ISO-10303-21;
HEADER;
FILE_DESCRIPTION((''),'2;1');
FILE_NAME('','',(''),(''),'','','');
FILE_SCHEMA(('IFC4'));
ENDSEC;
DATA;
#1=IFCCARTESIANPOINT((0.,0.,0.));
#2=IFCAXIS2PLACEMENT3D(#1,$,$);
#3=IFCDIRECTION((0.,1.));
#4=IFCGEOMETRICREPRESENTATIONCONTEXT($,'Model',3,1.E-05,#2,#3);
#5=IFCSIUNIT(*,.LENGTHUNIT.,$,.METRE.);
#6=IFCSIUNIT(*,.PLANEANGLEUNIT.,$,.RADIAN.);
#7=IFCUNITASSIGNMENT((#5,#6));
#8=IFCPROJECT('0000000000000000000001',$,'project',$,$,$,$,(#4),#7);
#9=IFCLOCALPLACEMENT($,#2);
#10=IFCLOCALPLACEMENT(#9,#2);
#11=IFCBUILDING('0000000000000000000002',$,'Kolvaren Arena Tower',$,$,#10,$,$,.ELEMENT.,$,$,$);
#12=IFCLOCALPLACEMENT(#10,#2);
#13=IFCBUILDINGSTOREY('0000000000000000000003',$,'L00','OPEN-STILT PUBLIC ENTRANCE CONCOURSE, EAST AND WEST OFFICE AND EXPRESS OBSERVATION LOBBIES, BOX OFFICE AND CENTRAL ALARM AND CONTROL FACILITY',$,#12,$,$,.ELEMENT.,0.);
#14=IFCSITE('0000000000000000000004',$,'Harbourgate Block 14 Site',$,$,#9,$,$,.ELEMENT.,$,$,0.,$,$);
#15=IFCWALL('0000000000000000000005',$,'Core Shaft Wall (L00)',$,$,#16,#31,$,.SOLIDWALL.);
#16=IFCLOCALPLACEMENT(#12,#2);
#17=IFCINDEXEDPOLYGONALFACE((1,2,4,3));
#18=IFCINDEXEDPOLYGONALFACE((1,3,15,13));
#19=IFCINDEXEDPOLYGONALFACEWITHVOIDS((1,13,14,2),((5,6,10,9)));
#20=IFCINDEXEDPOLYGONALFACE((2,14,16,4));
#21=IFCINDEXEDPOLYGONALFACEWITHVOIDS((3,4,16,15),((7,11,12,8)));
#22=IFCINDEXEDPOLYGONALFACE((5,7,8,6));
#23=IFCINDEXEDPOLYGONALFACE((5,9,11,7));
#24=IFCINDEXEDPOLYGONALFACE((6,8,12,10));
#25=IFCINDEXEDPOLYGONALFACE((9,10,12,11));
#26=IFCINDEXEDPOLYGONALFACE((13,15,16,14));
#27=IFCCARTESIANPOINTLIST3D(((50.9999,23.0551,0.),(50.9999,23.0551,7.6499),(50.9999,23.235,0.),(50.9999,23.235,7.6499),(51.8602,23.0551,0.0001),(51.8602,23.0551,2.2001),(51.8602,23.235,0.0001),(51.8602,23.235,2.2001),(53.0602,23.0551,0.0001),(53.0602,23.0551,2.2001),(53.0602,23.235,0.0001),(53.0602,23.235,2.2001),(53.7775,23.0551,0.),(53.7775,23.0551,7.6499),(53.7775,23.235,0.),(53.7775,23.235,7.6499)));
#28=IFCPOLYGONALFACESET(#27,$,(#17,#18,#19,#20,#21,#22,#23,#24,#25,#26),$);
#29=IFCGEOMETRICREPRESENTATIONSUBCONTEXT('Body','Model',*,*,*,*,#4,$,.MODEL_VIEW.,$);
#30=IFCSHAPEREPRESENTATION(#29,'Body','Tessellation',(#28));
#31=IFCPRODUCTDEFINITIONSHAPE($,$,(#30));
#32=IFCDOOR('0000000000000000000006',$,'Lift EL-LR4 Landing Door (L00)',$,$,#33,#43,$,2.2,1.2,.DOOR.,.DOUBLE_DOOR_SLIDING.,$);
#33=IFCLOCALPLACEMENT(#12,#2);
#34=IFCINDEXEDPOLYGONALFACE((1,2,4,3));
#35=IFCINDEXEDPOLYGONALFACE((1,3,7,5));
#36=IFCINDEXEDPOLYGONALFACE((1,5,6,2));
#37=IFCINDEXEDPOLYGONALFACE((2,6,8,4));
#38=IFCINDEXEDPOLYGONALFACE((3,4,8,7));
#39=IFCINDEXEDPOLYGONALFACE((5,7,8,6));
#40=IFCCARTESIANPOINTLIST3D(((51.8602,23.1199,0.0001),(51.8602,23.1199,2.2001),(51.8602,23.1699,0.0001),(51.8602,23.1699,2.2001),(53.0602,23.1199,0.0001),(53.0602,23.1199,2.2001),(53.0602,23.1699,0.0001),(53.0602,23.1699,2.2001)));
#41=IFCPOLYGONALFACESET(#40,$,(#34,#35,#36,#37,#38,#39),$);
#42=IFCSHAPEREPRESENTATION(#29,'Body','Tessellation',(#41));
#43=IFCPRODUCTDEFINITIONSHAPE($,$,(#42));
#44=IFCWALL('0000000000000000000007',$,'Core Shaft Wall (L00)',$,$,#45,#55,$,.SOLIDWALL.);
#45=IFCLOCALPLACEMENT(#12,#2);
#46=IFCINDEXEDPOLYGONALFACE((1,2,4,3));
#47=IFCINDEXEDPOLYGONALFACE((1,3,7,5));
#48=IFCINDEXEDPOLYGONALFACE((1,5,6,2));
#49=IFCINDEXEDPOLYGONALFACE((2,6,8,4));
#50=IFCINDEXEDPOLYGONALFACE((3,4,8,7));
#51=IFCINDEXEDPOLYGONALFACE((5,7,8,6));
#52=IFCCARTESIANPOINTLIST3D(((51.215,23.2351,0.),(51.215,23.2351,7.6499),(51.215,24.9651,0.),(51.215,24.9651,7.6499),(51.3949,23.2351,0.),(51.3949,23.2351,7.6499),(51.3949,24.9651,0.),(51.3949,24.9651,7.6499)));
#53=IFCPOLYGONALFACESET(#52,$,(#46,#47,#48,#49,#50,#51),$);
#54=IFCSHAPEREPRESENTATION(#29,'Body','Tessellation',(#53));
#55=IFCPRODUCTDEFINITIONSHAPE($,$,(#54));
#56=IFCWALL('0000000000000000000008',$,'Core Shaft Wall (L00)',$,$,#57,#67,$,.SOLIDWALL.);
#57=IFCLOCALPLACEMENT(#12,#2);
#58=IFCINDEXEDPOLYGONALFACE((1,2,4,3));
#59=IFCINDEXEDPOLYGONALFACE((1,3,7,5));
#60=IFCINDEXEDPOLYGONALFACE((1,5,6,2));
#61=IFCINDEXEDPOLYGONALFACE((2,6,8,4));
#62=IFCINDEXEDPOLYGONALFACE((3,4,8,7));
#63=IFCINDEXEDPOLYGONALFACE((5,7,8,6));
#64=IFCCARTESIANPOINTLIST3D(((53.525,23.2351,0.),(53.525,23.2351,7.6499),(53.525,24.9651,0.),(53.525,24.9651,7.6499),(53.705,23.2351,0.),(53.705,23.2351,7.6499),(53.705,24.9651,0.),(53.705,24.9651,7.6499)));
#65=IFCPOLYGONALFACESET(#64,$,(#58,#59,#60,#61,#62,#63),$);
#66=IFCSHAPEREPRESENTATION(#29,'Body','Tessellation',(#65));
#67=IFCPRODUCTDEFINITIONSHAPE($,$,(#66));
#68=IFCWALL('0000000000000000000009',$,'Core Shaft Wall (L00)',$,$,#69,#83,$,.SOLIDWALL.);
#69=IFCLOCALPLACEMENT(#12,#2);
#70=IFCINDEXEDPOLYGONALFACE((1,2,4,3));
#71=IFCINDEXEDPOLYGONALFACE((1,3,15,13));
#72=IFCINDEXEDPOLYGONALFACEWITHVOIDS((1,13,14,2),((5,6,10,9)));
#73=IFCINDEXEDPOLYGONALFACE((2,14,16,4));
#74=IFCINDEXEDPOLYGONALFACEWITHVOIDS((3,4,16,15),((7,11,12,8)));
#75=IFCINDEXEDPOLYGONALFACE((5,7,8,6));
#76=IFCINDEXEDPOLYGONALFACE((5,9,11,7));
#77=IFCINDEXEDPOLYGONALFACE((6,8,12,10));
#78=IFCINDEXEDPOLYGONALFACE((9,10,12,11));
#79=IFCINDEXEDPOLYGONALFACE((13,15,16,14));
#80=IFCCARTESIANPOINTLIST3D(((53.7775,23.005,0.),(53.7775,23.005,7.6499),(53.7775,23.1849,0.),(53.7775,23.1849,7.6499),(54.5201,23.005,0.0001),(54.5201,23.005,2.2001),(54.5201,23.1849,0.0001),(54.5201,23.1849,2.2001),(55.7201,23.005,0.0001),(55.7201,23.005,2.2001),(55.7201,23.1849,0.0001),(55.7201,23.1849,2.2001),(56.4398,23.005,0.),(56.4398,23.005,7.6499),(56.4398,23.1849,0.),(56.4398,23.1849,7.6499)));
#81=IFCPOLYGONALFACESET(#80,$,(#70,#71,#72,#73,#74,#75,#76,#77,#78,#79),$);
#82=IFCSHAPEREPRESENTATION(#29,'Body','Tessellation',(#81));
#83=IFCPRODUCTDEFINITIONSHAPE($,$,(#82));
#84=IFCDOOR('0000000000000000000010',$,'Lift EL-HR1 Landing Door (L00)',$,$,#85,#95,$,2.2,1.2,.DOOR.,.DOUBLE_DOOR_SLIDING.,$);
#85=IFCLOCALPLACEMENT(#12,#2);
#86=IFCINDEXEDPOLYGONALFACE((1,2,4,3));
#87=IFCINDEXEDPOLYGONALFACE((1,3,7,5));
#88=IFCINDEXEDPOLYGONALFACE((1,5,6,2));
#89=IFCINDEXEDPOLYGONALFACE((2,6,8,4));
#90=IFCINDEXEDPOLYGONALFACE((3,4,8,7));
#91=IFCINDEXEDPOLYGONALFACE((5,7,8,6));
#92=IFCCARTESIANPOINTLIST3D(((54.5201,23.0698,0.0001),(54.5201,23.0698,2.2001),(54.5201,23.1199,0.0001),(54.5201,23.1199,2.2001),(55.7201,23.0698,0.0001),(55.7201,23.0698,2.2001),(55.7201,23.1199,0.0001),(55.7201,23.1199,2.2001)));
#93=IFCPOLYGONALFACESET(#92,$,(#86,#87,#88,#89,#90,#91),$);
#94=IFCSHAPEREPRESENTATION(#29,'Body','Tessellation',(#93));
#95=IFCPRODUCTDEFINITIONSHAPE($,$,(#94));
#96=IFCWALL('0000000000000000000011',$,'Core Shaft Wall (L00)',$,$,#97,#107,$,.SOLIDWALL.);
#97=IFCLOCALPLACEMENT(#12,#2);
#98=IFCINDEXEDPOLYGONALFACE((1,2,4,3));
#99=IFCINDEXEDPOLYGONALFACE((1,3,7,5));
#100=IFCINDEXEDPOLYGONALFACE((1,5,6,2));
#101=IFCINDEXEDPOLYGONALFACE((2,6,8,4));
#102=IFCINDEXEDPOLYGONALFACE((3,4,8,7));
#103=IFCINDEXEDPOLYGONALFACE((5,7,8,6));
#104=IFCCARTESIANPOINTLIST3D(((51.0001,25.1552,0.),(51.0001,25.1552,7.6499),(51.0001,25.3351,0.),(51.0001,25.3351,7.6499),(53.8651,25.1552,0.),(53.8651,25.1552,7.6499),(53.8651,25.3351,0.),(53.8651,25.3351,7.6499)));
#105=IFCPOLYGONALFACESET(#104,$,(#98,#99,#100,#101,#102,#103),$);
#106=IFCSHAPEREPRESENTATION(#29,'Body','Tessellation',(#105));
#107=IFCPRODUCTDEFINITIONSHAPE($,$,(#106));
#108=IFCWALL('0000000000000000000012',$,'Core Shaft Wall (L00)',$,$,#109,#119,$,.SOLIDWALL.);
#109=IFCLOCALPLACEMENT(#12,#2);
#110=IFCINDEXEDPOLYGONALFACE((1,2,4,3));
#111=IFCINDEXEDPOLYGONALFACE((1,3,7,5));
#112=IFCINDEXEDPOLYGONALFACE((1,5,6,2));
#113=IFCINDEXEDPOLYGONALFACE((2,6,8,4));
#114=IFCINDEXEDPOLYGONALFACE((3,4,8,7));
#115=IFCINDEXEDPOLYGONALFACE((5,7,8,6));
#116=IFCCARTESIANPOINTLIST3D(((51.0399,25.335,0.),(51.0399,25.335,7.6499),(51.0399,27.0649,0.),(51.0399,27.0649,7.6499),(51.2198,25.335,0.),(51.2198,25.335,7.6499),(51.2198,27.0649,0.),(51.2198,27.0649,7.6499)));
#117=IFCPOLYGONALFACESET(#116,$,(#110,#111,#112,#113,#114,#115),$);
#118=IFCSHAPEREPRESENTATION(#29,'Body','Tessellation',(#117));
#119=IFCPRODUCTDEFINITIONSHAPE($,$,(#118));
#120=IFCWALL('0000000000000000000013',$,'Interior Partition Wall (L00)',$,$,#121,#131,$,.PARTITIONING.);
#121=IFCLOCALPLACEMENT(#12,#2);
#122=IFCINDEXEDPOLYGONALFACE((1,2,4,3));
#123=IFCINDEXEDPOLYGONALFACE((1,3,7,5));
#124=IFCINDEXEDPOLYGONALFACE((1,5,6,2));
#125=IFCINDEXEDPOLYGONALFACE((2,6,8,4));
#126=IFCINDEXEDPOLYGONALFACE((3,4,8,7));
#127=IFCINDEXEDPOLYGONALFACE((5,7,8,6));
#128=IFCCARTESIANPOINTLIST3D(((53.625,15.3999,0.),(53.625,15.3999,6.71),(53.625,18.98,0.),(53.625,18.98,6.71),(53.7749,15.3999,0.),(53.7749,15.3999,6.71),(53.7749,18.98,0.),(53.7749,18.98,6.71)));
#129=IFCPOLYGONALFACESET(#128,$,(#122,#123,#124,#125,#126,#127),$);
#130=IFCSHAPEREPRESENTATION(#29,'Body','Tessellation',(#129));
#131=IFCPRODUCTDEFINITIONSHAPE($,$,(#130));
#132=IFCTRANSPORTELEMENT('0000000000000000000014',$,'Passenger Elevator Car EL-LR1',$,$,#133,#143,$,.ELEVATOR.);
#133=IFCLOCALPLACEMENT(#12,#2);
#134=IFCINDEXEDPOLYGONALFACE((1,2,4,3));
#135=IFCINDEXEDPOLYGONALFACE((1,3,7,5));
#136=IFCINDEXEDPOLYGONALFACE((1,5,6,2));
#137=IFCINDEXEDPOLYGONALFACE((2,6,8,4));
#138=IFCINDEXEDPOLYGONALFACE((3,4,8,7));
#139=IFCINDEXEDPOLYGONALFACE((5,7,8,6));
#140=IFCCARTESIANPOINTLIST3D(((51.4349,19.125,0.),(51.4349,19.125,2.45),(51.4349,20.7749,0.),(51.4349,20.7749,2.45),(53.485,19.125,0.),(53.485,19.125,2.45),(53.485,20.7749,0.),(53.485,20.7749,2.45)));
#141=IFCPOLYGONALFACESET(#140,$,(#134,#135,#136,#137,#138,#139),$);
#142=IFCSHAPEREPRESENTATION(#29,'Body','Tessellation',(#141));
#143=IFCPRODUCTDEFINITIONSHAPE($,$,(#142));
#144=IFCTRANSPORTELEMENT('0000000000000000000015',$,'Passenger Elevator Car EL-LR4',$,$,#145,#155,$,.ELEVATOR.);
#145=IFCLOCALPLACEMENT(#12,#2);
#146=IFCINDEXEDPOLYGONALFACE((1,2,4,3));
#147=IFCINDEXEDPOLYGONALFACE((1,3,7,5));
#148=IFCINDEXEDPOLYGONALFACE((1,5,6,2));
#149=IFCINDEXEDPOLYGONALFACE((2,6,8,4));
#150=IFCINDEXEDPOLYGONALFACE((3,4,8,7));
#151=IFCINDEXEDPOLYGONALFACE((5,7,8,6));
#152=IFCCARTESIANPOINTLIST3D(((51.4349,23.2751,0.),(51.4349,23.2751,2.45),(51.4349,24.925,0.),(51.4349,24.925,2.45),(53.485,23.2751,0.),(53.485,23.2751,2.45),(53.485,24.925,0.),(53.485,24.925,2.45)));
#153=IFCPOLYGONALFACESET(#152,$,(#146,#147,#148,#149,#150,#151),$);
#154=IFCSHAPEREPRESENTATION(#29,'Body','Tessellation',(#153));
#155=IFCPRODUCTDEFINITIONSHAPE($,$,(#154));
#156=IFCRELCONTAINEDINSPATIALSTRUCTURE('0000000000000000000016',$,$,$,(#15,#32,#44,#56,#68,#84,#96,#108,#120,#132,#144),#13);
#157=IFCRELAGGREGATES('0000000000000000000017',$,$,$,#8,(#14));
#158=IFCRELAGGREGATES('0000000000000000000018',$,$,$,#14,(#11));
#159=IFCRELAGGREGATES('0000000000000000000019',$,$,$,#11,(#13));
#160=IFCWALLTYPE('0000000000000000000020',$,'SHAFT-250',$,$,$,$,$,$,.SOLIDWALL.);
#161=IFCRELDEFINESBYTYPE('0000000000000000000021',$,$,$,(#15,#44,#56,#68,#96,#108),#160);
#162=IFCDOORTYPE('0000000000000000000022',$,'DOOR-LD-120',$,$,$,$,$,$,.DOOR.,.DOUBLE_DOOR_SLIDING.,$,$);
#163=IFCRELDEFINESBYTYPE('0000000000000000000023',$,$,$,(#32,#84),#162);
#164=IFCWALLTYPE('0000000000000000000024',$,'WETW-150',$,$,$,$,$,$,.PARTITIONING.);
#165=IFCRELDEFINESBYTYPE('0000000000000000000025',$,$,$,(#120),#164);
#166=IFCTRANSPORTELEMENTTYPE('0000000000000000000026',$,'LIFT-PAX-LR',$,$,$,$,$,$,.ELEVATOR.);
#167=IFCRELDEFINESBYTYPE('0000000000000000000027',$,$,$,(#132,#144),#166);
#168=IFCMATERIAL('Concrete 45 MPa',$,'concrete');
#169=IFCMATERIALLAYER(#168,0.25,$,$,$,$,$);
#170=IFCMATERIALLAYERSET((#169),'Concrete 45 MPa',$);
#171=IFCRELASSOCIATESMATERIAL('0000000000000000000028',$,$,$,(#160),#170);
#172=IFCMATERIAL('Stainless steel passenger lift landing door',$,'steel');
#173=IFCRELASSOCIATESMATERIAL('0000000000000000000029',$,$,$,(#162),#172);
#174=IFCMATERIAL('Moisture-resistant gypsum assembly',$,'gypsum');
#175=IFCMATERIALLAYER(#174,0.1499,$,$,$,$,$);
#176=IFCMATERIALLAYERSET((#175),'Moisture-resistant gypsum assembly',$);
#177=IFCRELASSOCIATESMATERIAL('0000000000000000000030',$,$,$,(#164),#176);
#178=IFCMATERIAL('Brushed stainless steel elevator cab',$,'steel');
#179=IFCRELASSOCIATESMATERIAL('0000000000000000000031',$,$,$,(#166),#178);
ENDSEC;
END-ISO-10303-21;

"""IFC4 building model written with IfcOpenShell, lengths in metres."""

from ifc_helpers import new_model, si_unit, direction, frame, frame_2d, origin, origin_2d, place, context, subcontext, project, spatial, rectangle, extrude, material, layer, layer_set, type_object, element, fill, save


model = new_model("IFC4")

# Units and contexts
model_context = context("Model", 3, precision=1e-05, world=origin(), true_north=direction((0.0, 1.0)))
body_context = subcontext(model_context, "Body", "Model", "MODEL_VIEW")
ifc_project = project(units=[si_unit("LENGTHUNIT", "METRE"), si_unit("PLANEANGLEUNIT", "RADIAN")], contexts=[model_context])

# Site, building, storey
site_placement = place(None, origin())
site = spatial("IfcSite", under=ifc_project, at=site_placement, Name="Harbourgate Block 14 Site", CompositionType="ELEMENT", RefElevation=0.0)
building_placement = place(site_placement, origin())
building = spatial("IfcBuilding", under=site, at=building_placement, Name="Kolvaren Arena Tower", CompositionType="ELEMENT")
storey_placement = place(building_placement, origin())
storey = spatial("IfcBuildingStorey", under=building, at=storey_placement, Name="L00", Description="OPEN-STILT PUBLIC ENTRANCE CONCOURSE, EAST AND WEST OFFICE AND EXPRESS OBSERVATION LOBBIES, BOX OFFICE AND CENTRAL ALARM AND CONTROL FACILITY", CompositionType="ELEMENT", Elevation=0.0)

# Shared definitions
ifc_material_1 = material(Name="Concrete 45 MPa", Category="concrete")
ifc_layer_1 = layer(ifc_material_1, 0.25)
ifc_layer_set_1 = layer_set([ifc_layer_1], Name="Concrete 45 MPa")
wall_type_1 = type_object("IfcWallType", Name="SHAFT-250", PredefinedType="SOLIDWALL", material=ifc_layer_set_1)
ifc_material_2 = material(Name="Stainless steel passenger lift landing door", Category="steel")
door_type_1 = type_object("IfcDoorType", Name="DOOR-LD-120", OperationType="DOUBLE_DOOR_SLIDING", PredefinedType="DOOR", material=ifc_material_2)

# Wall, opening, door
wall_1_placement = place(storey_placement, frame((51.0, 23.145, 0.0), z_axis=(0.0, 0.0, 1.0), x_axis=(1.0, 0.0, 0.0)))
wall_1 = element("IfcWall", 1, at=wall_1_placement, inside=storey, type_object=wall_type_1, Name="Core Shaft Wall (L00)", PredefinedType="SOLIDWALL", context=body_context, shape_type="SweptSolid", body=[
    extrude(rectangle(XDim=2.7776, YDim=0.1799, at=frame_2d((1.3887, 0.0))), origin(), (0.0, 0.0, 1.0), 7.6499),
])
opening_1_placement = place(wall_1_placement, frame((0.8601, 0.0, 0.0)))
opening_1 = element("IfcOpeningElement", 2, at=opening_1_placement, cuts=wall_1, PredefinedType="OPENING", context=body_context, shape_type="SweptSolid", body=[
    extrude(rectangle(XDim=1.2, YDim=2.2, at=frame_2d((0.6001, 1.1001))), frame((0.0, 0.0999, 0.0), z_axis=(0.0, -1.0, 0.0), x_axis=(1.0, 0.0, 0.0)), (0.0, 0.0, 1.0), 0.2),
])
door_1_placement = place(opening_1_placement, origin())
door_1 = element("IfcDoor", 3, at=door_1_placement, inside=storey, type_object=door_type_1, Name="Lift EL-LR4 Landing Door (L00)", OperationType="DOUBLE_DOOR_SLIDING", OverallHeight=2.2, OverallWidth=1.2, PredefinedType="DOOR", context=body_context, shape_type="SweptSolid", body=[
    extrude(rectangle(XDim=1.2, YDim=2.2, at=frame_2d((0.6001, 1.1001))), frame((0.0, 0.0249, 0.0), z_axis=(0.0, -1.0, 0.0), x_axis=(1.0, 0.0, 0.0)), (0.0, 0.0, 1.0), 0.05),
])
fill(opening_1, door_1)

# Walls
for number, where, z_axis, x_axis, name in (
    (4, (51.3049, 23.2351, 0.0), (0.0, 0.0, 1.0), (0.0, 1.0, 0.0), "Core Shaft Wall (L00)"),
    (5, (53.615, 23.2351, 0.0), (0.0, 0.0, 1.0), (0.0, 1.0, 0.0), "Core Shaft Wall (L00)"),
):
    element("IfcWall", number, at=place(storey_placement, frame(where, z_axis=z_axis, x_axis=x_axis)), inside=storey, type_object=wall_type_1, Name=name, PredefinedType="SOLIDWALL", context=body_context, shape_type="SweptSolid", body=[
        extrude(rectangle(XDim=1.73, YDim=0.1799, at=frame_2d((0.865, 0.0))), origin(), (0.0, 0.0, 1.0), 7.6499),
    ])

# Wall, opening, door
wall_2_placement = place(storey_placement, frame((53.7776, 23.095, 0.0), z_axis=(0.0, 0.0, 1.0), x_axis=(1.0, 0.0, 0.0)))
wall_2 = element("IfcWall", 6, at=wall_2_placement, inside=storey, type_object=wall_type_1, Name="Core Shaft Wall (L00)", PredefinedType="SOLIDWALL", context=body_context, shape_type="SweptSolid", body=[
    extrude(rectangle(XDim=2.6624, YDim=0.1799, at=frame_2d((1.3311, 0.0))), origin(), (0.0, 0.0, 1.0), 7.6499),
])
opening_2_placement = place(wall_2_placement, frame((0.7424, 0.0, 0.0)))
opening_2 = element("IfcOpeningElement", 7, at=opening_2_placement, cuts=wall_2, PredefinedType="OPENING", context=body_context, shape_type="SweptSolid", body=[
    extrude(rectangle(XDim=1.2, YDim=2.2, at=frame_2d((0.6001, 1.1001))), frame((0.0, 0.0999, 0.0), z_axis=(0.0, -1.0, 0.0), x_axis=(1.0, 0.0, 0.0)), (0.0, 0.0, 1.0), 0.2),
])
door_2_placement = place(opening_2_placement, origin())
door_2 = element("IfcDoor", 8, at=door_2_placement, inside=storey, type_object=door_type_1, Name="Lift EL-HR1 Landing Door (L00)", OperationType="DOUBLE_DOOR_SLIDING", OverallHeight=2.2, OverallWidth=1.2, PredefinedType="DOOR", context=body_context, shape_type="SweptSolid", body=[
    extrude(rectangle(XDim=1.2, YDim=2.2, at=frame_2d((0.6001, 1.1001))), frame((0.0, 0.0249, 0.0), z_axis=(0.0, -1.0, 0.0), x_axis=(1.0, 0.0, 0.0)), (0.0, 0.0, 1.0), 0.05),
])
fill(opening_2, door_2)

# Walls
wall_3_placement = place(storey_placement, frame((51.0, 25.2451, 0.0), z_axis=(0.0, 0.0, 1.0), x_axis=(1.0, 0.0, 0.0)))
element("IfcWall", 9, at=wall_3_placement, inside=storey, type_object=wall_type_1, Name="Core Shaft Wall (L00)", PredefinedType="SOLIDWALL", context=body_context, shape_type="SweptSolid", body=[
    extrude(rectangle(XDim=2.865, YDim=0.1799, at=frame_2d((1.4326, 0.0))), origin(), (0.0, 0.0, 1.0), 7.6499),
])
wall_4_placement = place(storey_placement, frame((51.1299, 25.335, 0.0), z_axis=(0.0, 0.0, 1.0), x_axis=(0.0, 1.0, 0.0)))
element("IfcWall", 10, at=wall_4_placement, inside=storey, type_object=wall_type_1, Name="Core Shaft Wall (L00)", PredefinedType="SOLIDWALL", context=body_context, shape_type="SweptSolid", body=[
    extrude(rectangle(XDim=1.73, YDim=0.1799, at=frame_2d((0.865, 0.0))), origin(), (0.0, 0.0, 1.0), 7.6499),
])
ifc_material_3 = material(Name="Moisture-resistant gypsum assembly", Category="gypsum")
ifc_layer_2 = layer(ifc_material_3, 0.1499)
ifc_layer_set_2 = layer_set([ifc_layer_2], Name="Moisture-resistant gypsum assembly")
wall_type_2 = type_object("IfcWallType", Name="WETW-150", PredefinedType="PARTITIONING", material=ifc_layer_set_2)
wall_5_placement = place(storey_placement, frame((53.7, 15.3999, 0.0), z_axis=(0.0, 0.0, 1.0), x_axis=(0.0, 1.0, 0.0)))
element("IfcWall", 11, at=wall_5_placement, inside=storey, type_object=wall_type_2, Name="Interior Partition Wall (L00)", PredefinedType="PARTITIONING", context=body_context, shape_type="SweptSolid", body=[
    extrude(rectangle(XDim=3.5801, YDim=0.1499, at=frame_2d((1.79, 0.0))), origin(), (0.0, 0.0, 1.0), 6.71),
])

# Transport elements
ifc_material_4 = material(Name="Brushed stainless steel elevator cab", Category="steel")
transport_element_type = type_object("IfcTransportElementType", Name="LIFT-PAX-LR", PredefinedType="ELEVATOR", material=ifc_material_4)
for number, where, z_axis, x_axis, name in (
    (12, (52.46, 19.95, 0.0), (0.0, 0.0, 1.0), (1.0, 0.0, 0.0), "Passenger Elevator Car EL-LR1"),
    (13, (52.46, 24.1001, 0.0), (0.0, 0.0, 1.0), (1.0, 0.0, 0.0), "Passenger Elevator Car EL-LR4"),
):
    element("IfcTransportElement", number, at=place(storey_placement, frame(where, z_axis=z_axis, x_axis=x_axis)), inside=storey, type_object=transport_element_type, Name=name, PredefinedType="ELEVATOR", context=body_context, shape_type="SweptSolid", body=[
        extrude(rectangle(XDim=2.05, YDim=1.6499, at=origin_2d()), origin(), (0.0, 0.0, 1.0), 2.45),
    ])

save(model, "model.ifc")
